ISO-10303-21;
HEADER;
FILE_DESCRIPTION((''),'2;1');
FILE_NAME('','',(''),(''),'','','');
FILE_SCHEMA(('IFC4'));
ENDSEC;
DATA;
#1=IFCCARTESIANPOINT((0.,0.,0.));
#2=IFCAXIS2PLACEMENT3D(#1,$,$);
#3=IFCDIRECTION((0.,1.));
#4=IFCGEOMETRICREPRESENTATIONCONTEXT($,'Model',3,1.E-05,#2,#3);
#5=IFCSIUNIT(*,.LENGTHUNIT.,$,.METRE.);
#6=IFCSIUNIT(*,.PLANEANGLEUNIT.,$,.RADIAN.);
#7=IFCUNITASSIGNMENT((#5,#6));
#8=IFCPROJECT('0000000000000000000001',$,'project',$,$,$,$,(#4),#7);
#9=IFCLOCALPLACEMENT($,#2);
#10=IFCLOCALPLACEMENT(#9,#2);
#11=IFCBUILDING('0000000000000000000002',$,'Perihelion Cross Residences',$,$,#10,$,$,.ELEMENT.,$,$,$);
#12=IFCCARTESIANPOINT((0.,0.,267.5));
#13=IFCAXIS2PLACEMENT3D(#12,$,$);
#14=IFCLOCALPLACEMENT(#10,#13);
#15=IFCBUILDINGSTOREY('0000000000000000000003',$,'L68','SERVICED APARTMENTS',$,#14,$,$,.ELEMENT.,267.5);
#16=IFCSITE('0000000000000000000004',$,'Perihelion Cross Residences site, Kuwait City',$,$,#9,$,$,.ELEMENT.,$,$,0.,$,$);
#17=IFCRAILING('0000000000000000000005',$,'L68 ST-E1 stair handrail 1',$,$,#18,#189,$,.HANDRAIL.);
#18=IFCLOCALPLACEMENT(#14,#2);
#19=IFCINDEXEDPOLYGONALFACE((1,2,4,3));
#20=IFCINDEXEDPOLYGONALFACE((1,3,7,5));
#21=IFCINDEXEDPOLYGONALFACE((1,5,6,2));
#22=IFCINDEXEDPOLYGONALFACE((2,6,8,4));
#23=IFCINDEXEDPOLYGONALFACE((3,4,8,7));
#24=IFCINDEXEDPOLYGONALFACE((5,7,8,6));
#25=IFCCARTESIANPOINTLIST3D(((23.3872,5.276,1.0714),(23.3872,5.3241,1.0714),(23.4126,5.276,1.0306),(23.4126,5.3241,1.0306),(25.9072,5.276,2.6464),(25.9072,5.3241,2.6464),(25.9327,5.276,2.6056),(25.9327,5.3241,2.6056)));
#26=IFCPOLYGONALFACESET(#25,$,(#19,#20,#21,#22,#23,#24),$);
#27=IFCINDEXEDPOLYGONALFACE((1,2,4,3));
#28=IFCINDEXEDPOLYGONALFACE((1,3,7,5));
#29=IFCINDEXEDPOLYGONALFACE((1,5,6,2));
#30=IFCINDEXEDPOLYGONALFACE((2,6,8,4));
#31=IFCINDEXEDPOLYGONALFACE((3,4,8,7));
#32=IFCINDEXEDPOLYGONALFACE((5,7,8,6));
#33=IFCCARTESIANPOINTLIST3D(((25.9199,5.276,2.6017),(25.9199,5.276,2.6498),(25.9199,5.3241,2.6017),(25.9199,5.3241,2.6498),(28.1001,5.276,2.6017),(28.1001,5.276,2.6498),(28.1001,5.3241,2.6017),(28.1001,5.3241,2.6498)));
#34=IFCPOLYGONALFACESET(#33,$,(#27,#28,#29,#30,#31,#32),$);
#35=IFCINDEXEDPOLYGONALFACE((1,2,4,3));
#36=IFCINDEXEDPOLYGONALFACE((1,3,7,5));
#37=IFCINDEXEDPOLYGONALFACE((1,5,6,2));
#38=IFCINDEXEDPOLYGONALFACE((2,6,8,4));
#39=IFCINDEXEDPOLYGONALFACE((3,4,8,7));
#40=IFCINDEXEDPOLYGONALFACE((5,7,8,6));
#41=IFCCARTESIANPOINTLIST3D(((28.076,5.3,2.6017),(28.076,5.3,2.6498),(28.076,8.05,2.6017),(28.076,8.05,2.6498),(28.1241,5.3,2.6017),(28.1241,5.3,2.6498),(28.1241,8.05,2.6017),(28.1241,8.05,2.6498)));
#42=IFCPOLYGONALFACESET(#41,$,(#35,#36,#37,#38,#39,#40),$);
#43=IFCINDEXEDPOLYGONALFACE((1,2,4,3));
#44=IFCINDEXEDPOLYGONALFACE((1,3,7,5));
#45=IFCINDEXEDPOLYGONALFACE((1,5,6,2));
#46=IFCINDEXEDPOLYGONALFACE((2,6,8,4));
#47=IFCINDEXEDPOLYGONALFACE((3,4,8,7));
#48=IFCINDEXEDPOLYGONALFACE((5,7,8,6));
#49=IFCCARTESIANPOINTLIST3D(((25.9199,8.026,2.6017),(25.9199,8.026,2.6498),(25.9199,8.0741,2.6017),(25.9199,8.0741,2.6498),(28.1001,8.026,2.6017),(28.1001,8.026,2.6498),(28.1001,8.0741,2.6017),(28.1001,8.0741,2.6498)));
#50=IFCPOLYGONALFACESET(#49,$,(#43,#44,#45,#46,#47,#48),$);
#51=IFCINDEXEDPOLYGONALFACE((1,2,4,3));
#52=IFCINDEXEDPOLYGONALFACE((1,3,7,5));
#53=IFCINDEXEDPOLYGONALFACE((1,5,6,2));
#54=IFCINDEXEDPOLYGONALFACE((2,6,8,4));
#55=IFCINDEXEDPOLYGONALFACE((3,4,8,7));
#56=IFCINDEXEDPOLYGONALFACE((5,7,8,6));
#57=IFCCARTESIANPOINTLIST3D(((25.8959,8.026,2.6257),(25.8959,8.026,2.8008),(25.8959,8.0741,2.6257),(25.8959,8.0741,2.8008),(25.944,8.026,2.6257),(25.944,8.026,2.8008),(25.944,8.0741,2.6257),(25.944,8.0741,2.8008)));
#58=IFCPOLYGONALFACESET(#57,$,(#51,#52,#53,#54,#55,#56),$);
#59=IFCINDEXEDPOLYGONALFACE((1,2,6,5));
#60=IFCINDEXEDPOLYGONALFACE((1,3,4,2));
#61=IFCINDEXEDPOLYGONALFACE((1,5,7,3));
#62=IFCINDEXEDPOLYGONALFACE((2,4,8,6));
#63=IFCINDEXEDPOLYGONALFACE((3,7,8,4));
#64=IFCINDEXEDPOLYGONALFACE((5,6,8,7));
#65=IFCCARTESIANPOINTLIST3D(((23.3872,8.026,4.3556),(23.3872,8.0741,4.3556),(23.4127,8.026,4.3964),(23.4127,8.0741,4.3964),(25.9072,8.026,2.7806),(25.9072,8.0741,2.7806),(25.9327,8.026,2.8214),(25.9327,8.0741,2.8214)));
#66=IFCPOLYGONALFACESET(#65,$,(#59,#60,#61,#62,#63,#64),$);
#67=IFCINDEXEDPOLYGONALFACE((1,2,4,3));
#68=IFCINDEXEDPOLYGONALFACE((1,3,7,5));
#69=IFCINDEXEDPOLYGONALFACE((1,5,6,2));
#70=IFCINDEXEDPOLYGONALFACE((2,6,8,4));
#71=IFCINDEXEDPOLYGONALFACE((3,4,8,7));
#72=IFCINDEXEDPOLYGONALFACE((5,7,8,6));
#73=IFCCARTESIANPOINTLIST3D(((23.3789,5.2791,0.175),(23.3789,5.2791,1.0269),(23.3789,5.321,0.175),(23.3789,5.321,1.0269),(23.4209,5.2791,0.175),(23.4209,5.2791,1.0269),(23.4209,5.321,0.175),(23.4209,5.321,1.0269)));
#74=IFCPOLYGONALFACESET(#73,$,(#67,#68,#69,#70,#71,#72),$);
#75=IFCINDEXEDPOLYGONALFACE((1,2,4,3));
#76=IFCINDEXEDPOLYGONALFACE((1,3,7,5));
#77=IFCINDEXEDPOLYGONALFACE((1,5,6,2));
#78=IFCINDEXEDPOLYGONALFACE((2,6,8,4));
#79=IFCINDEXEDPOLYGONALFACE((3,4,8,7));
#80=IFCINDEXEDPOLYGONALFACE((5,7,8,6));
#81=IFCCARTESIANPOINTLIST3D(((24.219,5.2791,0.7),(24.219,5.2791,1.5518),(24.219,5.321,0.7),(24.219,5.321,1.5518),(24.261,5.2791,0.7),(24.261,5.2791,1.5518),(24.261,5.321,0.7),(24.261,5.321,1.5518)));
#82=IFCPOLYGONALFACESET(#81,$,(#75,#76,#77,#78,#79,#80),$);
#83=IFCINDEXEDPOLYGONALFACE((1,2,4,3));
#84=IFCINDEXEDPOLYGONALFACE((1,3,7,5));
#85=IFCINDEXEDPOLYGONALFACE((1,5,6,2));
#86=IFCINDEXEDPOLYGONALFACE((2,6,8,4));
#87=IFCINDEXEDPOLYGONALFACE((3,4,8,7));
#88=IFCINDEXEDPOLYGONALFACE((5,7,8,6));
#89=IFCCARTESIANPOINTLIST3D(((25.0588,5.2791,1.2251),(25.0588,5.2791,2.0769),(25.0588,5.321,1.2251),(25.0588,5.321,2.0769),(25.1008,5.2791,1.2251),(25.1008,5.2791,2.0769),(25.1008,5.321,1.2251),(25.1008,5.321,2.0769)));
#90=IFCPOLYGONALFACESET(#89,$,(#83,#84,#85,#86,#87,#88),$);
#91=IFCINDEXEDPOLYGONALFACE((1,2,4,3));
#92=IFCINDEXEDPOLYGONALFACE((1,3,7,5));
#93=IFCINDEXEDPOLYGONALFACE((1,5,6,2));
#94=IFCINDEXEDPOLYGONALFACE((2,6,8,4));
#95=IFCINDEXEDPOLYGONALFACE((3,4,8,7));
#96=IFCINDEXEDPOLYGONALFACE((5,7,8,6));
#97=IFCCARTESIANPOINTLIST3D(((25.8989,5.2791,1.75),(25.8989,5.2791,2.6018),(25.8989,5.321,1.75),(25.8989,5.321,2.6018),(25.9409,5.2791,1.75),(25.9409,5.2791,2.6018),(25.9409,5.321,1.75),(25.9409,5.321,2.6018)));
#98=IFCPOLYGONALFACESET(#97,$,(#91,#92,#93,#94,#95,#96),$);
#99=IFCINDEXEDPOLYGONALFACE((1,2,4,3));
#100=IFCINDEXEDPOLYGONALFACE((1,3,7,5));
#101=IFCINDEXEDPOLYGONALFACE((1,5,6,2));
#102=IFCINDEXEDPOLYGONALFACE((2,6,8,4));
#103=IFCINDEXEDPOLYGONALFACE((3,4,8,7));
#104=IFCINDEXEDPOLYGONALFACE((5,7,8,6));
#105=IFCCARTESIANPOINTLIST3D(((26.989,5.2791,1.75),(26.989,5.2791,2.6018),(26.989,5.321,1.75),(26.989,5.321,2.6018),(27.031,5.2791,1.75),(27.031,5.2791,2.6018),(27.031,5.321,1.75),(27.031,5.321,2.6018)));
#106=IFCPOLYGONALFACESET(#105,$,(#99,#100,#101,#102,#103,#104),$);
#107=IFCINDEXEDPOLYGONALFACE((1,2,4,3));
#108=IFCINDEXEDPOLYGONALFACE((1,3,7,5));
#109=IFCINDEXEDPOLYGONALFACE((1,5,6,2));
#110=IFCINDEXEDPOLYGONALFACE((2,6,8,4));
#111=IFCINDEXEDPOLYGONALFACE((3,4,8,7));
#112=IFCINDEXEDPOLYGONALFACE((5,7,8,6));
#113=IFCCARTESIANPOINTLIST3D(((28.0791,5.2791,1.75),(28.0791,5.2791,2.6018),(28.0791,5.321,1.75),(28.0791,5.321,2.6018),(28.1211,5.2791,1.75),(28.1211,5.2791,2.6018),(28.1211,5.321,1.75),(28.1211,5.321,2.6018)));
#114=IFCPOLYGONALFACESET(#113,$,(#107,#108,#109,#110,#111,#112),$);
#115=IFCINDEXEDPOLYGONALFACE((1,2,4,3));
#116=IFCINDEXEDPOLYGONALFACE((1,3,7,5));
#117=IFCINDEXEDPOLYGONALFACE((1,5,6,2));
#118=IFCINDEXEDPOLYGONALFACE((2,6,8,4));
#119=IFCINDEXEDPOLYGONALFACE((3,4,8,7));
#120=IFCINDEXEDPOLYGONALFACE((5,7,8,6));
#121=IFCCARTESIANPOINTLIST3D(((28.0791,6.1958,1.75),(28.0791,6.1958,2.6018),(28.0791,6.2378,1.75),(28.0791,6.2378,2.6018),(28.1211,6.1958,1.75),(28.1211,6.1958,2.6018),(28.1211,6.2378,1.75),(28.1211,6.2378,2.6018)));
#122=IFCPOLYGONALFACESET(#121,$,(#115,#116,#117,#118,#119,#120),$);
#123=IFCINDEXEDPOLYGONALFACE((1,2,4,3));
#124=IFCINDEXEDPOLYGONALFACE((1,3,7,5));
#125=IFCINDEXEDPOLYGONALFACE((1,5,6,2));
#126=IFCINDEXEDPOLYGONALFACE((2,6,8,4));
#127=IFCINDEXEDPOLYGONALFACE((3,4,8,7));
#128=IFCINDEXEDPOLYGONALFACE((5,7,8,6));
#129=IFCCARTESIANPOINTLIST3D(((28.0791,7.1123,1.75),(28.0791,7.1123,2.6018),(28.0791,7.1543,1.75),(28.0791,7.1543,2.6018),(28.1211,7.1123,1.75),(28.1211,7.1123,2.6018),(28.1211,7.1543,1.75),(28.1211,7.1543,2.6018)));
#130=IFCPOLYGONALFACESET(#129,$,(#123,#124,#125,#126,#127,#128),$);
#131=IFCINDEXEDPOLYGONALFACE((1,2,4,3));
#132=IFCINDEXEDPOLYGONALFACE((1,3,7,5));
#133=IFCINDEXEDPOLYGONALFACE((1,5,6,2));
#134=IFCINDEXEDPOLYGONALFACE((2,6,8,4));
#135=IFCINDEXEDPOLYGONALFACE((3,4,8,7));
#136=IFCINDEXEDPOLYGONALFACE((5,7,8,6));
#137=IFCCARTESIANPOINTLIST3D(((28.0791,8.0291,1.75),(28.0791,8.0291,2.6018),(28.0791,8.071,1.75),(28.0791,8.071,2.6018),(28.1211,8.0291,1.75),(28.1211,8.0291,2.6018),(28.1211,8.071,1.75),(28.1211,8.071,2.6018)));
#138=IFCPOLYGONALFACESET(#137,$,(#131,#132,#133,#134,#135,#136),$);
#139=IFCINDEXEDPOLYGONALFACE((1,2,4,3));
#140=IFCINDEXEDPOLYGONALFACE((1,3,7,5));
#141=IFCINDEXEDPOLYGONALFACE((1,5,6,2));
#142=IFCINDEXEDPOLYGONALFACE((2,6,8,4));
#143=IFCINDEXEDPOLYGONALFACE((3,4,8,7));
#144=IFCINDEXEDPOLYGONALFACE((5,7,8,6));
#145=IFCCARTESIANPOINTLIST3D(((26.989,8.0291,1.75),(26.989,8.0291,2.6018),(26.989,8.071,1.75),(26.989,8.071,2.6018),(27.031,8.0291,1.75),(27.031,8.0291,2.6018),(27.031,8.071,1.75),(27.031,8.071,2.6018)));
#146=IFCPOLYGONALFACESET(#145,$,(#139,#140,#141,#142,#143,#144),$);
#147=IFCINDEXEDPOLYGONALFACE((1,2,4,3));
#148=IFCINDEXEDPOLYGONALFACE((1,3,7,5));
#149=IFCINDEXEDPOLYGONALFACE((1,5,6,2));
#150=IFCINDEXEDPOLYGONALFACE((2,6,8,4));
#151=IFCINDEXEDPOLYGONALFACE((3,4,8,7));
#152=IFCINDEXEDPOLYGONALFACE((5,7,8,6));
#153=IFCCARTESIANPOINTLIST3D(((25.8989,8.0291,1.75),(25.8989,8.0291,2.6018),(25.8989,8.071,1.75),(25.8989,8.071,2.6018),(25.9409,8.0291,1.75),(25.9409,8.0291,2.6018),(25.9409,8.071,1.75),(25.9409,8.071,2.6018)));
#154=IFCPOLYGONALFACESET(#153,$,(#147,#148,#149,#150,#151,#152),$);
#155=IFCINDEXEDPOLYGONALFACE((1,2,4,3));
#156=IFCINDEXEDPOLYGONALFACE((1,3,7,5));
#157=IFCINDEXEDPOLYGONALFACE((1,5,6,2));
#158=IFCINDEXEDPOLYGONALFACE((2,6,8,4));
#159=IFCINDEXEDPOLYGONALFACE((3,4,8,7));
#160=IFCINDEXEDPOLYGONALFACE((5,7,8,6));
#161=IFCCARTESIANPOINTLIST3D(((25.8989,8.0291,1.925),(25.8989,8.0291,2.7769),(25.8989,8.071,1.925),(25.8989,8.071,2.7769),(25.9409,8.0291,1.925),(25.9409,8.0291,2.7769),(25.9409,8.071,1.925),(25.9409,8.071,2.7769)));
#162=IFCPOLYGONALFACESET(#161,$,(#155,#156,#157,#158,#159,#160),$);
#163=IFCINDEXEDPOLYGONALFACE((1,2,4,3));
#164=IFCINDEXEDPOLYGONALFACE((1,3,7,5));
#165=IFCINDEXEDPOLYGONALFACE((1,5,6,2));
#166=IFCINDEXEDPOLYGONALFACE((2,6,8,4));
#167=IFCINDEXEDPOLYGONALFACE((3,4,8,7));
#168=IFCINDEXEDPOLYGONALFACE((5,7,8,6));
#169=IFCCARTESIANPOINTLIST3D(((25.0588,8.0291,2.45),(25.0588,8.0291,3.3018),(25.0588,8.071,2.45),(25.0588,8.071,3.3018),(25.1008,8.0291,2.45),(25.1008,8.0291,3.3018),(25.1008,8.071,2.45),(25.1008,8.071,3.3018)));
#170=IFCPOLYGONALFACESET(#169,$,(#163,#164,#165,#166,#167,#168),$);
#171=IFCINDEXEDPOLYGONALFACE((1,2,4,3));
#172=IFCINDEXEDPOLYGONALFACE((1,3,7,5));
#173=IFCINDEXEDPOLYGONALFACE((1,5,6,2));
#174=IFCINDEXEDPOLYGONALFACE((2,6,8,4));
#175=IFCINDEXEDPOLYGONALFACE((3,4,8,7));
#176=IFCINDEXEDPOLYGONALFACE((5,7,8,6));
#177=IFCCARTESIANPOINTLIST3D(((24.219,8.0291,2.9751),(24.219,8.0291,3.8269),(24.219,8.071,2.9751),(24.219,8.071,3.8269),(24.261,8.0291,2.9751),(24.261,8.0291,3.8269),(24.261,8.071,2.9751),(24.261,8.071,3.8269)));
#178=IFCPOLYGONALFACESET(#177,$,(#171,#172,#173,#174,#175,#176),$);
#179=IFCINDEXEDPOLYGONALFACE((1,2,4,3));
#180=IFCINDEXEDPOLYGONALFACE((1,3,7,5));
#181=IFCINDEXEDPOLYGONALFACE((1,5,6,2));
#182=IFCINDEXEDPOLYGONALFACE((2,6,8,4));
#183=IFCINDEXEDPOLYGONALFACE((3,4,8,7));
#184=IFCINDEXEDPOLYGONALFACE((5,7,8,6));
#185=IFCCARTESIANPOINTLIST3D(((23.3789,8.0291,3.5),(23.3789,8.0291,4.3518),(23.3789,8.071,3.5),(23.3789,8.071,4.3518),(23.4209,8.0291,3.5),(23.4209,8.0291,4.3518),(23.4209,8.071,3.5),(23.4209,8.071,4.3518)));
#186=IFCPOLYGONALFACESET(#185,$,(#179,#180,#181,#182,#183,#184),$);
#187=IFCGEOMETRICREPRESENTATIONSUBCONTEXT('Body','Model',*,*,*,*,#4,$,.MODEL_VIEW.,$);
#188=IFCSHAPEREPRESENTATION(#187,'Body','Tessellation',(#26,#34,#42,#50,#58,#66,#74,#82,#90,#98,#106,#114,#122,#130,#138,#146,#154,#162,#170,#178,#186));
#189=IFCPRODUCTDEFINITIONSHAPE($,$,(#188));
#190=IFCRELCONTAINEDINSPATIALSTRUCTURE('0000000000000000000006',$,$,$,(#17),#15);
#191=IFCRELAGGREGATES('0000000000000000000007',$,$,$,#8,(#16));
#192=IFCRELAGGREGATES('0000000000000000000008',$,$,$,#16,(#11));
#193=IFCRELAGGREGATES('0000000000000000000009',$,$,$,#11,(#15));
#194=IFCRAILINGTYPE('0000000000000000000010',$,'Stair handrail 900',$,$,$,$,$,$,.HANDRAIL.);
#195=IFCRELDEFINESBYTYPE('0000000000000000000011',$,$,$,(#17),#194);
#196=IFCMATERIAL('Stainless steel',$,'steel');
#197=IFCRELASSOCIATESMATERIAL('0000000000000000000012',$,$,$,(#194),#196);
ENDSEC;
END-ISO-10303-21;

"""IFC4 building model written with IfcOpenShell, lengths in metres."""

from ifc_helpers import new_model, si_unit, direction, frame, origin, origin_2d, place, context, subcontext, project, spatial, rectangle, extrude, material, type_object, element, save


model = new_model("IFC4")

# Units and contexts
model_context = context("Model", 3, precision=1e-05, world=origin(), true_north=direction((0.0, 1.0)))
body_context = subcontext(model_context, "Body", "Model", "MODEL_VIEW")
ifc_project = project(units=[si_unit("LENGTHUNIT", "METRE"), si_unit("PLANEANGLEUNIT", "RADIAN")], contexts=[model_context])

# Site, building, storey
site_placement = place(None, origin())
site = spatial("IfcSite", under=ifc_project, at=site_placement, Name="Perihelion Cross Residences site, Kuwait City", CompositionType="ELEMENT", RefElevation=0.0)
building_placement = place(site_placement, origin())
building = spatial("IfcBuilding", under=site, at=building_placement, Name="Perihelion Cross Residences", CompositionType="ELEMENT")
storey_placement = place(building_placement, frame((0.0, 0.0, 267.5)))
storey = spatial("IfcBuildingStorey", under=building, at=storey_placement, Name="L68", Description="SERVICED APARTMENTS", CompositionType="ELEMENT", Elevation=267.5)

# Railing
ifc_material_1 = material(Name="Stainless steel", Category="steel")
railing_type_1 = type_object("IfcRailingType", Name="Stair handrail 900", PredefinedType="HANDRAIL", material=ifc_material_1)
railing_1_placement = place(storey_placement, frame((23.3999, 5.3, 0.175)))
element("IfcRailing", 1, at=railing_1_placement, inside=storey, type_object=railing_type_1, Name="L68 ST-E1 stair handrail 1", PredefinedType="HANDRAIL", context=body_context, shape_type="SweptSolid", body=[
    extrude(rectangle(XDim=0.0481, YDim=0.0481, at=origin_2d()), frame((0.0, 0.0, 0.876), z_axis=(0.848008, 0.0, 0.529984), x_axis=(0.0, 1.0, 0.0)), (0.0, 0.0, 1.0), 2.9717),
    extrude(rectangle(XDim=0.0481, YDim=0.0481, at=origin_2d()), frame((2.52, 0.0, 2.4507), z_axis=(1.0, 0.0, 0.0), x_axis=(0.0, 1.0, 0.0)), (0.0, 0.0, 1.0), 2.1802),
    extrude(rectangle(XDim=0.0481, YDim=0.0481, at=origin_2d()), frame((4.7002, 0.0, 2.4507), z_axis=(0.0, 1.0, 0.0), x_axis=(-1.0, 0.0, 0.0)), (0.0, 0.0, 1.0), 2.75),
    extrude(rectangle(XDim=0.0481, YDim=0.0481, at=origin_2d()), frame((4.7002, 2.75, 2.4507), z_axis=(-1.0, 0.0, 0.0), x_axis=(0.0, -1.0, 0.0)), (0.0, 0.0, 1.0), 2.1802),
    extrude(rectangle(XDim=0.0481, YDim=0.0481, at=origin_2d()), frame((2.52, 2.75, 2.4507), z_axis=(0.0, 0.0, 1.0), x_axis=(1.0, 0.0, 0.0)), (0.0, 0.0, 1.0), 0.175),
    extrude(rectangle(XDim=0.0481, YDim=0.0481, at=origin_2d()), frame((2.52, 2.75, 2.626), z_axis=(-0.848008, 0.0, 0.529984), x_axis=(0.0, -1.0, 0.0)), (0.0, 0.0, 1.0), 2.9717),
    extrude(rectangle(XDim=0.042, YDim=0.042, at=origin_2d()), origin(), (0.0, 0.0, 1.0), 0.8518),
    extrude(rectangle(XDim=0.042, YDim=0.042, at=origin_2d()), frame((0.8401, 0.0, 0.5249)), (0.0, 0.0, 1.0), 0.8518),
    extrude(rectangle(XDim=0.042, YDim=0.042, at=origin_2d()), frame((1.6799, 0.0, 1.05)), (0.0, 0.0, 1.0), 0.8518),
    extrude(rectangle(XDim=0.042, YDim=0.042, at=origin_2d()), frame((2.52, 0.0, 1.575)), (0.0, 0.0, 1.0), 0.8518),
    extrude(rectangle(XDim=0.042, YDim=0.042, at=origin_2d()), frame((3.6101, 0.0, 1.575)), (0.0, 0.0, 1.0), 0.8518),
    extrude(rectangle(XDim=0.042, YDim=0.042, at=origin_2d()), frame((4.7002, 0.0, 1.575)), (0.0, 0.0, 1.0), 0.8518),
    extrude(rectangle(XDim=0.042, YDim=0.042, at=origin_2d()), frame((4.7002, 0.9167, 1.575)), (0.0, 0.0, 1.0), 0.8518),
    extrude(rectangle(XDim=0.042, YDim=0.042, at=origin_2d()), frame((4.7002, 1.8333, 1.575)), (0.0, 0.0, 1.0), 0.8518),
    extrude(rectangle(XDim=0.042, YDim=0.042, at=origin_2d()), frame((4.7002, 2.75, 1.575)), (0.0, 0.0, 1.0), 0.8518),
    extrude(rectangle(XDim=0.042, YDim=0.042, at=origin_2d()), frame((3.6101, 2.75, 1.575)), (0.0, 0.0, 1.0), 0.8518),
    extrude(rectangle(XDim=0.042, YDim=0.042, at=origin_2d()), frame((2.52, 2.75, 1.575)), (0.0, 0.0, 1.0), 0.8518),
    extrude(rectangle(XDim=0.042, YDim=0.042, at=origin_2d()), frame((2.52, 2.75, 1.75)), (0.0, 0.0, 1.0), 0.8518),
    extrude(rectangle(XDim=0.042, YDim=0.042, at=origin_2d()), frame((1.6799, 2.75, 2.2749)), (0.0, 0.0, 1.0), 0.8518),
    extrude(rectangle(XDim=0.042, YDim=0.042, at=origin_2d()), frame((0.8401, 2.75, 2.8)), (0.0, 0.0, 1.0), 0.8518),
    extrude(rectangle(XDim=0.042, YDim=0.042, at=origin_2d()), frame((0.0, 2.75, 3.325)), (0.0, 0.0, 1.0), 0.8518),
])

save(model, "model.ifc")
